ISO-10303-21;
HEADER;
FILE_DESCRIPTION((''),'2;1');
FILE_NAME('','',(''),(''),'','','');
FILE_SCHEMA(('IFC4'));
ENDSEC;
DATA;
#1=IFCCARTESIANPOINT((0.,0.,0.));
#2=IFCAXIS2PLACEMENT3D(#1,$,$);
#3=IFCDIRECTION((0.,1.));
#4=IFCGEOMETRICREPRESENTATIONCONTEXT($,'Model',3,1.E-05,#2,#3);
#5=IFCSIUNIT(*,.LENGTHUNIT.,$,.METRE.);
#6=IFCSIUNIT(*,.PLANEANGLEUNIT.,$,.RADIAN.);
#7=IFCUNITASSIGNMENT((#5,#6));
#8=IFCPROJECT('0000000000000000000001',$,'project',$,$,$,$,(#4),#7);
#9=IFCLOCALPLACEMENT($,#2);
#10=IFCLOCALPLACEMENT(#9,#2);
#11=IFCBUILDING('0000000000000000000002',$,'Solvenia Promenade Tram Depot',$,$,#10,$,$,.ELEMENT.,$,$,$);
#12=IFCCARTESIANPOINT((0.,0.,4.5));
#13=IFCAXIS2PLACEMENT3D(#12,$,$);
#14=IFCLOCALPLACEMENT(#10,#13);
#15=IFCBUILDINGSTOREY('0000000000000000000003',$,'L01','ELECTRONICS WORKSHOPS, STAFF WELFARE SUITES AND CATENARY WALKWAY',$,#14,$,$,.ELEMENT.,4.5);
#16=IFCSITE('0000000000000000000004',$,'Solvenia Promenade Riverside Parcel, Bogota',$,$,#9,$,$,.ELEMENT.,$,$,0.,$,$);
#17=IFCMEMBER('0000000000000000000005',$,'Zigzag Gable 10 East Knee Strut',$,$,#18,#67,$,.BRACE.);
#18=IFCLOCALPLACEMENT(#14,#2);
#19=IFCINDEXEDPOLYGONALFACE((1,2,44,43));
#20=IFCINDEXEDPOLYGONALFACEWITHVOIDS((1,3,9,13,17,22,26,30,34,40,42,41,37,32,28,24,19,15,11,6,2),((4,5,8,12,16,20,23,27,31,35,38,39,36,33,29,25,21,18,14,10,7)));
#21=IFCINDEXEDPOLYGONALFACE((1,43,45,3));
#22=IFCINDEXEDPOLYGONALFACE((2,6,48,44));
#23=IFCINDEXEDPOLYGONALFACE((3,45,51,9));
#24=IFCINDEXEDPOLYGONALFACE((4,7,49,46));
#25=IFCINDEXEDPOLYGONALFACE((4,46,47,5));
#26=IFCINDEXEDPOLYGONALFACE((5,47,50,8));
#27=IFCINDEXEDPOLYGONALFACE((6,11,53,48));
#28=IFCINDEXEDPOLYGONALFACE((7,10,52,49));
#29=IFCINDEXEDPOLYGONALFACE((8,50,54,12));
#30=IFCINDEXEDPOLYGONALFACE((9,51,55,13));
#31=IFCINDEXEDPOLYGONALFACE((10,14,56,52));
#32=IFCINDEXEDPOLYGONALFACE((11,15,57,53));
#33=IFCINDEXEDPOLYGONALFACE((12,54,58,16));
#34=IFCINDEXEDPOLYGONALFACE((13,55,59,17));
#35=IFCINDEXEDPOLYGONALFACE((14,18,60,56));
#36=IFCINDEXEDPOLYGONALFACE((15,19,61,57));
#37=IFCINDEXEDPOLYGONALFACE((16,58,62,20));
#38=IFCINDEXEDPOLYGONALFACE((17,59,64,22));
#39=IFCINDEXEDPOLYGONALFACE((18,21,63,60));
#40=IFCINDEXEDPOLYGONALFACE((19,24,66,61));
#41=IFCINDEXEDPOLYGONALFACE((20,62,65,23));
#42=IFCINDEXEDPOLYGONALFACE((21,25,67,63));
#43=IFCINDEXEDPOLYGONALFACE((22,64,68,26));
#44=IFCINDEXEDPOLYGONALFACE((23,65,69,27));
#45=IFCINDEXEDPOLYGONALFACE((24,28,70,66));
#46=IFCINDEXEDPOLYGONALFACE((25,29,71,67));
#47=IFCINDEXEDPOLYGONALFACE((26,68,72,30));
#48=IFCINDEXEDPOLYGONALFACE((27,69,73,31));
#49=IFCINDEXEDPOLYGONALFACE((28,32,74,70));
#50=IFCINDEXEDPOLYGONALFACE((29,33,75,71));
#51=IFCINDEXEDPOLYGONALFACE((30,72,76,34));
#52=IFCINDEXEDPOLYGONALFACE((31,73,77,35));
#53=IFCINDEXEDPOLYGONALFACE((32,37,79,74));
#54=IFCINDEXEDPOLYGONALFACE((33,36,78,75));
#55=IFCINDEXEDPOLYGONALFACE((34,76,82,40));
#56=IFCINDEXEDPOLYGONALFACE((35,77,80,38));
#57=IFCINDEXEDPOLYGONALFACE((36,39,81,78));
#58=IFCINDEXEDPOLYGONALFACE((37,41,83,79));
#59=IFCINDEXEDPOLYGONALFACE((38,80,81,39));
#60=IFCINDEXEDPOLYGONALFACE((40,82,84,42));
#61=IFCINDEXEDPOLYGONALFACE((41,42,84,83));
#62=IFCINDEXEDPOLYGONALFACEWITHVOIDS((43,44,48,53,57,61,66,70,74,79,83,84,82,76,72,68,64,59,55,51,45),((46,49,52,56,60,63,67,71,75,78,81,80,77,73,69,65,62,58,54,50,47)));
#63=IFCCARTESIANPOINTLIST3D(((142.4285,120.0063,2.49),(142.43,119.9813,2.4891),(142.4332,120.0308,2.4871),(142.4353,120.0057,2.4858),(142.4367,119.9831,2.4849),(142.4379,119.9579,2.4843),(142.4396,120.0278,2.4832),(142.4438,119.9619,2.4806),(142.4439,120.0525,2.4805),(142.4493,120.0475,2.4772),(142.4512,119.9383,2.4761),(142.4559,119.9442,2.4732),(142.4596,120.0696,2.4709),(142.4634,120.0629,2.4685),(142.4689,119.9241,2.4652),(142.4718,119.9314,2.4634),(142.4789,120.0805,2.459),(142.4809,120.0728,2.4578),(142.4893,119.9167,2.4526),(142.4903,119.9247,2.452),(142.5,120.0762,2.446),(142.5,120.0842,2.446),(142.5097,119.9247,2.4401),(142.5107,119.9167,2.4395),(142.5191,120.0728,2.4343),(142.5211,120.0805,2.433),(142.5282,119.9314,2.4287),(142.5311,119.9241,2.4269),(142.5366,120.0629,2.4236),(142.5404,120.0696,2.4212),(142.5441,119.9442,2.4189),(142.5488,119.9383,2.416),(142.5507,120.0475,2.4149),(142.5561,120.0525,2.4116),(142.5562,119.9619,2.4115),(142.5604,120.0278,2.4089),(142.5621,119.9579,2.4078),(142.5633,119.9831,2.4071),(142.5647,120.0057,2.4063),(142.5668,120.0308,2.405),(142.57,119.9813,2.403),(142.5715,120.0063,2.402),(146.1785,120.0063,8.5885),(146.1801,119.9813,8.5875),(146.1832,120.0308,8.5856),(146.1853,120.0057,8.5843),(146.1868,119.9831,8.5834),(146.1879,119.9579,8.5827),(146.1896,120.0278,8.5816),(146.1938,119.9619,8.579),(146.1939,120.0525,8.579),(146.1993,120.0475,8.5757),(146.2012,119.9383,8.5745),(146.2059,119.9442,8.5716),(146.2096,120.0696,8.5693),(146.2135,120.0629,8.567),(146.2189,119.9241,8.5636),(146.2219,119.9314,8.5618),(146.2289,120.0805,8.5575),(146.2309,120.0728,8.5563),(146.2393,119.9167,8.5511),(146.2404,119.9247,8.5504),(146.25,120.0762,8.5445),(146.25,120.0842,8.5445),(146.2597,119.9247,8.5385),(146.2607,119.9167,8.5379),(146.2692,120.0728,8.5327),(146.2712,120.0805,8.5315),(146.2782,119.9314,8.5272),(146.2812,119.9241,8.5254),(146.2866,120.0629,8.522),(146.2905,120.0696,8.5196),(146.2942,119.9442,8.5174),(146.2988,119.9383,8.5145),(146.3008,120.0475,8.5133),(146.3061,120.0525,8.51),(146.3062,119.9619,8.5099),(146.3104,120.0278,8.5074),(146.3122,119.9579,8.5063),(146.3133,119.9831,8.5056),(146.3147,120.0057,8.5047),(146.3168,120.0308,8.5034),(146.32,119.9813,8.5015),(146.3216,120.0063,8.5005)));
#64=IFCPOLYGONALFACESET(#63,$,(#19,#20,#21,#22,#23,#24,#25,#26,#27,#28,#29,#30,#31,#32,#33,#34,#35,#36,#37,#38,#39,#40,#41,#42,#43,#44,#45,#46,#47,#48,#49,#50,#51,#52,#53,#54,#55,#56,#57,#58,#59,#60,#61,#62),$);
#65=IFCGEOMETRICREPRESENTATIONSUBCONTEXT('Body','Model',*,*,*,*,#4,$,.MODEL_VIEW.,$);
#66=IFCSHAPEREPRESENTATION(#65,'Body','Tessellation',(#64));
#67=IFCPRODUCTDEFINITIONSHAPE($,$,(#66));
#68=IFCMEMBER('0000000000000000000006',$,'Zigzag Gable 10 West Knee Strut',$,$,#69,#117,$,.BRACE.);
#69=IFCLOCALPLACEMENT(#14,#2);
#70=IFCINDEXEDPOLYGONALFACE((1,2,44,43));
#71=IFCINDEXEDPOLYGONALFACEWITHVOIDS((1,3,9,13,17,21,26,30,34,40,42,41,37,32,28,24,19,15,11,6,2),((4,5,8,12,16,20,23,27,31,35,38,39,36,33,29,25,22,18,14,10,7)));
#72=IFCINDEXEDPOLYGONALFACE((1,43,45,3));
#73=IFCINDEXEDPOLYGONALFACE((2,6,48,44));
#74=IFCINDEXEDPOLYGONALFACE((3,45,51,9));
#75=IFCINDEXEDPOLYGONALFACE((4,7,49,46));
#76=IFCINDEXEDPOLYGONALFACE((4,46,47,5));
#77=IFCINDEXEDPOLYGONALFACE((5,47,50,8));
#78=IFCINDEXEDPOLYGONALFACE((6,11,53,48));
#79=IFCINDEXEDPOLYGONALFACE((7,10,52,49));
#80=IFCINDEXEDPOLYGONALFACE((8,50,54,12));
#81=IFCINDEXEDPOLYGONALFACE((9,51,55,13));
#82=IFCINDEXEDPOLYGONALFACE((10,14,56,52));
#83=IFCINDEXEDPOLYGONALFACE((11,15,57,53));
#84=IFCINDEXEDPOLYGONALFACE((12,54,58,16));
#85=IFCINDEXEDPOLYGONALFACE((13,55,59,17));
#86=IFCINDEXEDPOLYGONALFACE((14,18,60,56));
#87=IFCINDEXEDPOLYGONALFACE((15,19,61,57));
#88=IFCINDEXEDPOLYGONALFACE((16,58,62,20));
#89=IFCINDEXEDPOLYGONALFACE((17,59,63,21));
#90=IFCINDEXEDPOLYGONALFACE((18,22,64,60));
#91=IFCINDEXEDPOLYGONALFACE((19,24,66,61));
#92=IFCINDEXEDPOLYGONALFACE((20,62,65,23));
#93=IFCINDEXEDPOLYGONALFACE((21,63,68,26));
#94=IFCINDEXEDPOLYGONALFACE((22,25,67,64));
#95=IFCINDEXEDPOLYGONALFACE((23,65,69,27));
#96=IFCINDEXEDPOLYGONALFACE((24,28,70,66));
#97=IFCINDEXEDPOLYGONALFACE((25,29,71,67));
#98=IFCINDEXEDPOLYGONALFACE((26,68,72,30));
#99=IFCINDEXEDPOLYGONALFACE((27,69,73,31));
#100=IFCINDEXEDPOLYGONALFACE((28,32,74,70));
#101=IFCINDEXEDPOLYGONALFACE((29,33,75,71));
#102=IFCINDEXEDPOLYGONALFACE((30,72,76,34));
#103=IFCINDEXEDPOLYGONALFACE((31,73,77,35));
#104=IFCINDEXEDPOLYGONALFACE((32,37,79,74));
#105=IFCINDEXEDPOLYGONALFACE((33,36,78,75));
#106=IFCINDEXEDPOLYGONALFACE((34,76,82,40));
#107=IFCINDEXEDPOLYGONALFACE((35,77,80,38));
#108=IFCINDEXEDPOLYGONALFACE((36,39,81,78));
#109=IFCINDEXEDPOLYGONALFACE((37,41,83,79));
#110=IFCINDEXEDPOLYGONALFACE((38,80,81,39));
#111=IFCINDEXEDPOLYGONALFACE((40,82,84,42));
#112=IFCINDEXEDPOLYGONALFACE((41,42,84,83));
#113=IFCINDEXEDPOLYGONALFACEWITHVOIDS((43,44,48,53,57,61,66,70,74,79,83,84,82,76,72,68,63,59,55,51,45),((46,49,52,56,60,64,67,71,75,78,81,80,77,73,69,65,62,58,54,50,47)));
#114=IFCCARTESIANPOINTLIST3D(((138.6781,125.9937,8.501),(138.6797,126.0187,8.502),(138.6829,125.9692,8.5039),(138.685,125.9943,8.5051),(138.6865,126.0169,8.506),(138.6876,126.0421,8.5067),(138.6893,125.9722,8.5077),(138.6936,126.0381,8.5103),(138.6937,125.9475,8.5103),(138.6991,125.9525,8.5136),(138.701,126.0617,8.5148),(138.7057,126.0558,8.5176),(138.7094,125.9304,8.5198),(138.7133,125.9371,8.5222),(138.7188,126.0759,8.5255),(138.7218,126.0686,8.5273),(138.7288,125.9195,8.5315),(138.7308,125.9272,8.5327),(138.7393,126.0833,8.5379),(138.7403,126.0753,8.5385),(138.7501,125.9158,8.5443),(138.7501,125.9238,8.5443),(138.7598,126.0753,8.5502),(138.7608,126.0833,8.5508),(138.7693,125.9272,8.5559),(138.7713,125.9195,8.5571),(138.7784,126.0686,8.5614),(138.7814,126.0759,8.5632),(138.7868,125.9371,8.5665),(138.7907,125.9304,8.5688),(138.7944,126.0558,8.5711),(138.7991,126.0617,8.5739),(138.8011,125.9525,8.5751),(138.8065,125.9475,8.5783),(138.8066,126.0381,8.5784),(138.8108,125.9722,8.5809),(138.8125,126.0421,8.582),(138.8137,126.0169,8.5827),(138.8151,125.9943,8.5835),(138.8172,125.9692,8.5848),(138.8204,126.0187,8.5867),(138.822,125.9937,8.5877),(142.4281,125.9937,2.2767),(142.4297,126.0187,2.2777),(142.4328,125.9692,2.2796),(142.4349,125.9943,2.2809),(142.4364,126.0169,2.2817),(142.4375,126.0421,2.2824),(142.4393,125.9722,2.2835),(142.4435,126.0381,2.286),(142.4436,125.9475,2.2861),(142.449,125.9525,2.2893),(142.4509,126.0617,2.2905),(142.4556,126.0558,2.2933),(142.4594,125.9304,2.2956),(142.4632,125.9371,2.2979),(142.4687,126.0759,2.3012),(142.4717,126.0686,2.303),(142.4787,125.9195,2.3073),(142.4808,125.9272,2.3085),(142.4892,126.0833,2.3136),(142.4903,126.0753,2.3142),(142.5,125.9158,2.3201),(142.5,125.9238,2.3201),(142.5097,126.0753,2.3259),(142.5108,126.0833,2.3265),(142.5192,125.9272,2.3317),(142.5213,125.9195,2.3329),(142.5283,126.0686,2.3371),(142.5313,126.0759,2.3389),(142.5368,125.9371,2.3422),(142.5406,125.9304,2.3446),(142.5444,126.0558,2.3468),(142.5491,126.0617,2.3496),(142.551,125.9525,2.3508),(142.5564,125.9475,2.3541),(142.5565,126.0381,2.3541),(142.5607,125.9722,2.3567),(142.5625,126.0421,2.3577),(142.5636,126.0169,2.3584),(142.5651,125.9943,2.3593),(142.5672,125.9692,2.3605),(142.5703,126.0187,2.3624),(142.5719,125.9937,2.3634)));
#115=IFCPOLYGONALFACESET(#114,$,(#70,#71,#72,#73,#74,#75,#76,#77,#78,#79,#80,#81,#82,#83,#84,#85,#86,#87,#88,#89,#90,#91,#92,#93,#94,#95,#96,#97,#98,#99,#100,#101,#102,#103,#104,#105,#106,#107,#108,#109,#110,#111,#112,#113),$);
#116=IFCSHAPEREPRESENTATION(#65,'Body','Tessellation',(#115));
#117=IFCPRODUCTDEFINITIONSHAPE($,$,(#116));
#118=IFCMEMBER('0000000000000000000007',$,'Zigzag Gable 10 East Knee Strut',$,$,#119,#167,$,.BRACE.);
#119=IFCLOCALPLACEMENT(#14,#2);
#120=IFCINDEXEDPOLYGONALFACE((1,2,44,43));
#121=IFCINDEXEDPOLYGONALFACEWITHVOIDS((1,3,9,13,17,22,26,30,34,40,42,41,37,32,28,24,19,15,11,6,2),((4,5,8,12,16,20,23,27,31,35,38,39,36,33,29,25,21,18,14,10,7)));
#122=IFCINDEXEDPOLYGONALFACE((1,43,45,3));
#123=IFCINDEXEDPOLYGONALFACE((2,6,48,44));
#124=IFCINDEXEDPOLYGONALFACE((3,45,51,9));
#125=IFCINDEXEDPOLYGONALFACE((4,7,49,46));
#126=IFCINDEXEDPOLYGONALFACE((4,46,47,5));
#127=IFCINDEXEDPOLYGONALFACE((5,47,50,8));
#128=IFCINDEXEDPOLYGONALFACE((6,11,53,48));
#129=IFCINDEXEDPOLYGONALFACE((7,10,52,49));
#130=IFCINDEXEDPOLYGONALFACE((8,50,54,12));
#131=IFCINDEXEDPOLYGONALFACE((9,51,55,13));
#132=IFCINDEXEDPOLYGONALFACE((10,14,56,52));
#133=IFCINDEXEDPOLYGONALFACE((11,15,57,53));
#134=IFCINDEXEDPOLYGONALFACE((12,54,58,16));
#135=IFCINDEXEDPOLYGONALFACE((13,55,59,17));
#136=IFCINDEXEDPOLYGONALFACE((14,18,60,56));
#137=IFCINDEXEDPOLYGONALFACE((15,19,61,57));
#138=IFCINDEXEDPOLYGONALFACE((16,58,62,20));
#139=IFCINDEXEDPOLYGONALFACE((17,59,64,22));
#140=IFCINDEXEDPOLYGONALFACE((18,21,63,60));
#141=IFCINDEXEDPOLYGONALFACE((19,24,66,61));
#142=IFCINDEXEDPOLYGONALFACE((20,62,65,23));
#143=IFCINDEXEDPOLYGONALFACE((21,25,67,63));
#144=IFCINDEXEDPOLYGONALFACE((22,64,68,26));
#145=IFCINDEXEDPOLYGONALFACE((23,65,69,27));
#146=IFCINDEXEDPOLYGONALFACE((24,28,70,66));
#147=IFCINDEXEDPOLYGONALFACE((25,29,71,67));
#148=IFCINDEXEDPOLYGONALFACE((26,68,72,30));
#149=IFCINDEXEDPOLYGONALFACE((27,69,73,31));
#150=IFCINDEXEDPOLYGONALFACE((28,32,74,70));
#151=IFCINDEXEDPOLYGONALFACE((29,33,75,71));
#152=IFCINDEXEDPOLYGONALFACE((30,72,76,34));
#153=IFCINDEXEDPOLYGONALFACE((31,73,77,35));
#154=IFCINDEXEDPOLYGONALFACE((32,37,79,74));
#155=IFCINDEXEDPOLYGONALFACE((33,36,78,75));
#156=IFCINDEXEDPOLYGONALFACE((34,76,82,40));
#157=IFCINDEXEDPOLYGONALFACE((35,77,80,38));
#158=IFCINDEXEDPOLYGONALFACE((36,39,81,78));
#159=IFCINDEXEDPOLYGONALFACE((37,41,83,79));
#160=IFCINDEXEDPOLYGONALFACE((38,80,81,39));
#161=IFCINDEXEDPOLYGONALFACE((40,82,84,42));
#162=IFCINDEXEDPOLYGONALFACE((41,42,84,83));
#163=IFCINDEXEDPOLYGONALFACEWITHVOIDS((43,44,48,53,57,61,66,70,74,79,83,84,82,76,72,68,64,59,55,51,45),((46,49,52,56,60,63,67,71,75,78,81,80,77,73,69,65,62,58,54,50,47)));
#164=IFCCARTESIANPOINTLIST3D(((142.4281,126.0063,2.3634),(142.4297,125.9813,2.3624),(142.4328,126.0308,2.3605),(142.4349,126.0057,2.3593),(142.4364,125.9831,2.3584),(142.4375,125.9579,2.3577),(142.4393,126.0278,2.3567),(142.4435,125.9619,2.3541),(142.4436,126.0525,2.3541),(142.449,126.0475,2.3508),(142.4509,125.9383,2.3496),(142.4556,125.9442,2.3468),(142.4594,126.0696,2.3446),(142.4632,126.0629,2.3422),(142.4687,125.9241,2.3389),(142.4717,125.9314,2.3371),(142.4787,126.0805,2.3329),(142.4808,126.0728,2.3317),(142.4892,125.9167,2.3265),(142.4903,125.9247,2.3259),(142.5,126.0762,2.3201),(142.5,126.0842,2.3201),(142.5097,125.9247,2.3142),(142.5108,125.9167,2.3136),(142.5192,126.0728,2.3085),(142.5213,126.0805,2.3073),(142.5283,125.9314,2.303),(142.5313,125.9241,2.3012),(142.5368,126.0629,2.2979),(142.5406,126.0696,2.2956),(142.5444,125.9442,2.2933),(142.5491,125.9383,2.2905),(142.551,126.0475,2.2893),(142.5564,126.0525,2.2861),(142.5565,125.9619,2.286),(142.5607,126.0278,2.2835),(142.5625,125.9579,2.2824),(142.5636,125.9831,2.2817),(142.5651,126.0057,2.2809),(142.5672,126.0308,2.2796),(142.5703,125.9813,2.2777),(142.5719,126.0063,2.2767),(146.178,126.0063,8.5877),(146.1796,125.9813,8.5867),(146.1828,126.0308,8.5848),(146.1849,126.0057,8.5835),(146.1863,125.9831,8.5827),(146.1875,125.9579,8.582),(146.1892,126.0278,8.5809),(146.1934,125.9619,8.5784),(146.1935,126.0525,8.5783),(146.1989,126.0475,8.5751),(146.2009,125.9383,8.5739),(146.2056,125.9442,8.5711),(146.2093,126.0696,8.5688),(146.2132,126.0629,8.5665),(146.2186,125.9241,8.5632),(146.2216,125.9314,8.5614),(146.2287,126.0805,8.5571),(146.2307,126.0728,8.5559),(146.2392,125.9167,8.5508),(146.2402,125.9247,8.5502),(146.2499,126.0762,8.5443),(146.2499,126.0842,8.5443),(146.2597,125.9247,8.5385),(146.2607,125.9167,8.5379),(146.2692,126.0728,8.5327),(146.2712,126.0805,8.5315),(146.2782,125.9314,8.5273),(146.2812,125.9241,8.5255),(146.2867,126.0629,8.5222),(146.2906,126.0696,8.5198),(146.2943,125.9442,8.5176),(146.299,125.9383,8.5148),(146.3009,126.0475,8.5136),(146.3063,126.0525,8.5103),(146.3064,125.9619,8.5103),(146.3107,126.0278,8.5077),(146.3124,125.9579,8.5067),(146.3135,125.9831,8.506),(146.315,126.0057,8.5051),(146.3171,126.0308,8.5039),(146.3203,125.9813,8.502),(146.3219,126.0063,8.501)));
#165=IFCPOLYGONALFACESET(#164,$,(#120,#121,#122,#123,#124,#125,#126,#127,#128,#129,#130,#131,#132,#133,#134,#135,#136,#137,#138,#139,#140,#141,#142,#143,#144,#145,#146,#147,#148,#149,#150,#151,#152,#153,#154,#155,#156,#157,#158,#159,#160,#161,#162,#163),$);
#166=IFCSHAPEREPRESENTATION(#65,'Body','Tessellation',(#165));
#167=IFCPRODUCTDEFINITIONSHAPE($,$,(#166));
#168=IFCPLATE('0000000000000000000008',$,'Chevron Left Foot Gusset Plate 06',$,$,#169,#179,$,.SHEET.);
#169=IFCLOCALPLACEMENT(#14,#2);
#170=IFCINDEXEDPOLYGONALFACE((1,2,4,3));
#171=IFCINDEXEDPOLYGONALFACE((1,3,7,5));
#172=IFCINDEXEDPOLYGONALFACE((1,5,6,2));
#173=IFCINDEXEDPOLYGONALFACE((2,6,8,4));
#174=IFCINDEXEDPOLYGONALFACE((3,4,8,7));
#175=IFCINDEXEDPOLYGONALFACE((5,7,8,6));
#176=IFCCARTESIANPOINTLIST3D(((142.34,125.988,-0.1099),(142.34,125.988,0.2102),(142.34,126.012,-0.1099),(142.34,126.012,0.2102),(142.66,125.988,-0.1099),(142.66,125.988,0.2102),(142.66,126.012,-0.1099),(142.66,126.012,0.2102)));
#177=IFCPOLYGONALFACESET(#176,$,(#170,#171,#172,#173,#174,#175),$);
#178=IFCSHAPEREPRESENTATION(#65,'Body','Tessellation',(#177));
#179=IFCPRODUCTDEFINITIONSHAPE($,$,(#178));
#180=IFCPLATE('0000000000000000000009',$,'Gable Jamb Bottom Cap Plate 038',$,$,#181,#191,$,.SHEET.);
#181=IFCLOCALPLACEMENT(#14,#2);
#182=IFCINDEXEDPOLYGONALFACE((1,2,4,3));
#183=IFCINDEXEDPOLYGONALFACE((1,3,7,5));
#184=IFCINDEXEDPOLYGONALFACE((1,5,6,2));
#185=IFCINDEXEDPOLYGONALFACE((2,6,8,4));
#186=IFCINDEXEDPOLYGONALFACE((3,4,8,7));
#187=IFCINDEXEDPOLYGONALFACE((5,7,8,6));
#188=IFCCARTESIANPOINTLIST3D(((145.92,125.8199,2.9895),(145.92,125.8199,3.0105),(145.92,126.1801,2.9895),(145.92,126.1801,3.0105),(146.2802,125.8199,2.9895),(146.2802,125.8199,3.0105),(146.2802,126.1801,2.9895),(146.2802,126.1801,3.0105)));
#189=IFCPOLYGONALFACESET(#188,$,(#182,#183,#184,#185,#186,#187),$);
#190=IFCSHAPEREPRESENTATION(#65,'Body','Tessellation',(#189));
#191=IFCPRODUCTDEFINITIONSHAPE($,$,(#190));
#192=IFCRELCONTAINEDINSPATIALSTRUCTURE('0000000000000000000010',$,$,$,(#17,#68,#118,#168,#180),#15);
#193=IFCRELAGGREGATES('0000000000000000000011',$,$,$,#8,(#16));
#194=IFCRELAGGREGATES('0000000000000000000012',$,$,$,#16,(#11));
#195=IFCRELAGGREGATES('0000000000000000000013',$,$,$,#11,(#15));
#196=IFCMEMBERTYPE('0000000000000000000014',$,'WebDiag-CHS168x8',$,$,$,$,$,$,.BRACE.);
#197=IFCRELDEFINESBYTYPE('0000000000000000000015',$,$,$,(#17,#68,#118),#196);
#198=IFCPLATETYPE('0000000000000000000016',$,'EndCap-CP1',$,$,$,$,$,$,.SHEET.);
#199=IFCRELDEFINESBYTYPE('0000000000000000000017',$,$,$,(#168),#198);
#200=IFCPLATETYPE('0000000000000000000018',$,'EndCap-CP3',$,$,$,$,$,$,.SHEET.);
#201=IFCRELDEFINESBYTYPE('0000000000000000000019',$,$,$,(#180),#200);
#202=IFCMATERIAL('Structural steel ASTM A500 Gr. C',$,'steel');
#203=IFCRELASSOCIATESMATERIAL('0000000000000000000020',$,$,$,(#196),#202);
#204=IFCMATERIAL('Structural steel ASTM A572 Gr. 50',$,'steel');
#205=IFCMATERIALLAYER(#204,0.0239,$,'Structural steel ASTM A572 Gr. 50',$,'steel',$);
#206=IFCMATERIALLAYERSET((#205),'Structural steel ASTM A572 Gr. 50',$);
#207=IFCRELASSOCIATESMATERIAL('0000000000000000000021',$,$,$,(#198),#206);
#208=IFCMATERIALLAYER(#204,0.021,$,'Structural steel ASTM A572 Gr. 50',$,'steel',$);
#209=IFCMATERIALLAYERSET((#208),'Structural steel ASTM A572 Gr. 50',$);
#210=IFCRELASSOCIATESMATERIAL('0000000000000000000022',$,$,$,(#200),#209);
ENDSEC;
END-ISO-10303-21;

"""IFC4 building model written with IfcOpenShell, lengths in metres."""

from ifc_helpers import new_model, si_unit, direction, frame, origin, origin_2d, place, context, subcontext, project, spatial, rectangle, hollow_circle, extrude, material, layer, layer_set, material_profile, profile_set, type_object, element, save


model = new_model("IFC4")

# Units and contexts
model_context = context("Model", 3, precision=1e-05, world=origin(), true_north=direction((0.0, 1.0)))
body_context = subcontext(model_context, "Body", "Model", "MODEL_VIEW")
ifc_project = project(units=[si_unit("LENGTHUNIT", "METRE"), si_unit("PLANEANGLEUNIT", "RADIAN")], contexts=[model_context])

# Site, building, storey
site_placement = place(None, origin())
site = spatial("IfcSite", under=ifc_project, at=site_placement, Name="Solvenia Promenade Riverside Parcel, Bogota", CompositionType="ELEMENT", RefElevation=0.0)
building_placement = place(site_placement, origin())
building = spatial("IfcBuilding", under=site, at=building_placement, Name="Solvenia Promenade Tram Depot", CompositionType="ELEMENT")
storey_placement = place(building_placement, frame((0.0, 0.0, 4.5)))
storey = spatial("IfcBuildingStorey", under=building, at=storey_placement, Name="L01", Description="ELECTRONICS WORKSHOPS, STAFF WELFARE SUITES AND CATENARY WALKWAY", CompositionType="ELEMENT", Elevation=4.5)

# Shared definitions
ifc_material_1 = material(Name="Structural steel ASTM A500 Gr. C", Category="steel")

# Members
ifc_material_profile_1 = material_profile(ifc_material_1, hollow_circle(Radius=0.0842, WallThickness=0.0081, at=origin_2d()), Name="CHS168.3x8", Category="steel")
ifc_profile_set_1 = profile_set([ifc_material_profile_1], Name="Structural steel ASTM A500 Gr. C")
member_type_1 = type_object("IfcMemberType", Name="WebDiag-CHS168x8", PredefinedType="BRACE", material=ifc_profile_set_1)
for number, where, z_axis, x_axis, name in (
    (1, (142.5, 120.0, 2.446), (0.523808, 0.0, 0.851836), (0.0, 1.0, 0.0), "Zigzag Gable 10 East Knee Strut"),
):
    element("IfcMember", number, at=place(storey_placement, frame(where, z_axis=z_axis, x_axis=x_axis)), inside=storey, type_object=member_type_1, Name=name, PredefinedType="BRACE", context=body_context, shape_type="SweptSolid", body=[
        extrude(hollow_circle(Radius=0.0842, WallThickness=0.0081, at=origin_2d()), origin(), (0.0, 0.0, 1.0), 7.1592),
    ])
for number, where, z_axis, x_axis, name in (
    (2, (142.5, 126.0, 2.3201), (-0.516051, 0.0, 0.856558), (0.0, -1.0, 0.0), "Zigzag Gable 10 West Knee Strut"),
    (3, (142.5, 126.0, 2.3201), (0.516051, 0.0, 0.856558), (0.0, 1.0, 0.0), "Zigzag Gable 10 East Knee Strut"),
):
    element("IfcMember", number, at=place(storey_placement, frame(where, z_axis=z_axis, x_axis=x_axis)), inside=storey, type_object=member_type_1, Name=name, PredefinedType="BRACE", context=body_context, shape_type="SweptSolid", body=[
        extrude(hollow_circle(Radius=0.0842, WallThickness=0.0081, at=origin_2d()), origin(), (0.0, 0.0, 1.0), 7.2666),
    ])

# Plates
ifc_material_2 = material(Name="Structural steel ASTM A572 Gr. 50", Category="steel")
ifc_layer_1 = layer(ifc_material_2, 0.0239, Name="Structural steel ASTM A572 Gr. 50", Category="steel")
ifc_layer_set_1 = layer_set([ifc_layer_1], Name="Structural steel ASTM A572 Gr. 50")
plate_type_1 = type_object("IfcPlateType", Name="EndCap-CP1", PredefinedType="SHEET", material=ifc_layer_set_1)
plate_1_placement = place(storey_placement, frame((142.5, 126.0, -0.1099), z_axis=(0.0, 0.0, 1.0), x_axis=(1.0, 0.0, 0.0)))
element("IfcPlate", 4, at=plate_1_placement, inside=storey, type_object=plate_type_1, Name="Chevron Left Foot Gusset Plate 06", PredefinedType="SHEET", context=body_context, shape_type="SweptSolid", body=[
    extrude(rectangle(XDim=0.3201, YDim=0.0239, at=origin_2d()), origin(), (0.0, 0.0, 1.0), 0.3201),
])
ifc_layer_2 = layer(ifc_material_2, 0.021, Name="Structural steel ASTM A572 Gr. 50", Category="steel")
ifc_layer_set_2 = layer_set([ifc_layer_2], Name="Structural steel ASTM A572 Gr. 50")
plate_type_2 = type_object("IfcPlateType", Name="EndCap-CP3", PredefinedType="SHEET", material=ifc_layer_set_2)
plate_2_placement = place(storey_placement, frame((146.1001, 126.0, 2.9895), z_axis=(0.0, 0.0, 1.0), x_axis=(1.0, 0.0, 0.0)))
element("IfcPlate", 5, at=plate_2_placement, inside=storey, type_object=plate_type_2, Name="Gable Jamb Bottom Cap Plate 038", PredefinedType="SHEET", context=body_context, shape_type="SweptSolid", body=[
    extrude(rectangle(XDim=0.3601, YDim=0.3601, at=origin_2d()), origin(), (0.0, 0.0, 1.0), 0.021),
])

save(model, "model.ifc")
